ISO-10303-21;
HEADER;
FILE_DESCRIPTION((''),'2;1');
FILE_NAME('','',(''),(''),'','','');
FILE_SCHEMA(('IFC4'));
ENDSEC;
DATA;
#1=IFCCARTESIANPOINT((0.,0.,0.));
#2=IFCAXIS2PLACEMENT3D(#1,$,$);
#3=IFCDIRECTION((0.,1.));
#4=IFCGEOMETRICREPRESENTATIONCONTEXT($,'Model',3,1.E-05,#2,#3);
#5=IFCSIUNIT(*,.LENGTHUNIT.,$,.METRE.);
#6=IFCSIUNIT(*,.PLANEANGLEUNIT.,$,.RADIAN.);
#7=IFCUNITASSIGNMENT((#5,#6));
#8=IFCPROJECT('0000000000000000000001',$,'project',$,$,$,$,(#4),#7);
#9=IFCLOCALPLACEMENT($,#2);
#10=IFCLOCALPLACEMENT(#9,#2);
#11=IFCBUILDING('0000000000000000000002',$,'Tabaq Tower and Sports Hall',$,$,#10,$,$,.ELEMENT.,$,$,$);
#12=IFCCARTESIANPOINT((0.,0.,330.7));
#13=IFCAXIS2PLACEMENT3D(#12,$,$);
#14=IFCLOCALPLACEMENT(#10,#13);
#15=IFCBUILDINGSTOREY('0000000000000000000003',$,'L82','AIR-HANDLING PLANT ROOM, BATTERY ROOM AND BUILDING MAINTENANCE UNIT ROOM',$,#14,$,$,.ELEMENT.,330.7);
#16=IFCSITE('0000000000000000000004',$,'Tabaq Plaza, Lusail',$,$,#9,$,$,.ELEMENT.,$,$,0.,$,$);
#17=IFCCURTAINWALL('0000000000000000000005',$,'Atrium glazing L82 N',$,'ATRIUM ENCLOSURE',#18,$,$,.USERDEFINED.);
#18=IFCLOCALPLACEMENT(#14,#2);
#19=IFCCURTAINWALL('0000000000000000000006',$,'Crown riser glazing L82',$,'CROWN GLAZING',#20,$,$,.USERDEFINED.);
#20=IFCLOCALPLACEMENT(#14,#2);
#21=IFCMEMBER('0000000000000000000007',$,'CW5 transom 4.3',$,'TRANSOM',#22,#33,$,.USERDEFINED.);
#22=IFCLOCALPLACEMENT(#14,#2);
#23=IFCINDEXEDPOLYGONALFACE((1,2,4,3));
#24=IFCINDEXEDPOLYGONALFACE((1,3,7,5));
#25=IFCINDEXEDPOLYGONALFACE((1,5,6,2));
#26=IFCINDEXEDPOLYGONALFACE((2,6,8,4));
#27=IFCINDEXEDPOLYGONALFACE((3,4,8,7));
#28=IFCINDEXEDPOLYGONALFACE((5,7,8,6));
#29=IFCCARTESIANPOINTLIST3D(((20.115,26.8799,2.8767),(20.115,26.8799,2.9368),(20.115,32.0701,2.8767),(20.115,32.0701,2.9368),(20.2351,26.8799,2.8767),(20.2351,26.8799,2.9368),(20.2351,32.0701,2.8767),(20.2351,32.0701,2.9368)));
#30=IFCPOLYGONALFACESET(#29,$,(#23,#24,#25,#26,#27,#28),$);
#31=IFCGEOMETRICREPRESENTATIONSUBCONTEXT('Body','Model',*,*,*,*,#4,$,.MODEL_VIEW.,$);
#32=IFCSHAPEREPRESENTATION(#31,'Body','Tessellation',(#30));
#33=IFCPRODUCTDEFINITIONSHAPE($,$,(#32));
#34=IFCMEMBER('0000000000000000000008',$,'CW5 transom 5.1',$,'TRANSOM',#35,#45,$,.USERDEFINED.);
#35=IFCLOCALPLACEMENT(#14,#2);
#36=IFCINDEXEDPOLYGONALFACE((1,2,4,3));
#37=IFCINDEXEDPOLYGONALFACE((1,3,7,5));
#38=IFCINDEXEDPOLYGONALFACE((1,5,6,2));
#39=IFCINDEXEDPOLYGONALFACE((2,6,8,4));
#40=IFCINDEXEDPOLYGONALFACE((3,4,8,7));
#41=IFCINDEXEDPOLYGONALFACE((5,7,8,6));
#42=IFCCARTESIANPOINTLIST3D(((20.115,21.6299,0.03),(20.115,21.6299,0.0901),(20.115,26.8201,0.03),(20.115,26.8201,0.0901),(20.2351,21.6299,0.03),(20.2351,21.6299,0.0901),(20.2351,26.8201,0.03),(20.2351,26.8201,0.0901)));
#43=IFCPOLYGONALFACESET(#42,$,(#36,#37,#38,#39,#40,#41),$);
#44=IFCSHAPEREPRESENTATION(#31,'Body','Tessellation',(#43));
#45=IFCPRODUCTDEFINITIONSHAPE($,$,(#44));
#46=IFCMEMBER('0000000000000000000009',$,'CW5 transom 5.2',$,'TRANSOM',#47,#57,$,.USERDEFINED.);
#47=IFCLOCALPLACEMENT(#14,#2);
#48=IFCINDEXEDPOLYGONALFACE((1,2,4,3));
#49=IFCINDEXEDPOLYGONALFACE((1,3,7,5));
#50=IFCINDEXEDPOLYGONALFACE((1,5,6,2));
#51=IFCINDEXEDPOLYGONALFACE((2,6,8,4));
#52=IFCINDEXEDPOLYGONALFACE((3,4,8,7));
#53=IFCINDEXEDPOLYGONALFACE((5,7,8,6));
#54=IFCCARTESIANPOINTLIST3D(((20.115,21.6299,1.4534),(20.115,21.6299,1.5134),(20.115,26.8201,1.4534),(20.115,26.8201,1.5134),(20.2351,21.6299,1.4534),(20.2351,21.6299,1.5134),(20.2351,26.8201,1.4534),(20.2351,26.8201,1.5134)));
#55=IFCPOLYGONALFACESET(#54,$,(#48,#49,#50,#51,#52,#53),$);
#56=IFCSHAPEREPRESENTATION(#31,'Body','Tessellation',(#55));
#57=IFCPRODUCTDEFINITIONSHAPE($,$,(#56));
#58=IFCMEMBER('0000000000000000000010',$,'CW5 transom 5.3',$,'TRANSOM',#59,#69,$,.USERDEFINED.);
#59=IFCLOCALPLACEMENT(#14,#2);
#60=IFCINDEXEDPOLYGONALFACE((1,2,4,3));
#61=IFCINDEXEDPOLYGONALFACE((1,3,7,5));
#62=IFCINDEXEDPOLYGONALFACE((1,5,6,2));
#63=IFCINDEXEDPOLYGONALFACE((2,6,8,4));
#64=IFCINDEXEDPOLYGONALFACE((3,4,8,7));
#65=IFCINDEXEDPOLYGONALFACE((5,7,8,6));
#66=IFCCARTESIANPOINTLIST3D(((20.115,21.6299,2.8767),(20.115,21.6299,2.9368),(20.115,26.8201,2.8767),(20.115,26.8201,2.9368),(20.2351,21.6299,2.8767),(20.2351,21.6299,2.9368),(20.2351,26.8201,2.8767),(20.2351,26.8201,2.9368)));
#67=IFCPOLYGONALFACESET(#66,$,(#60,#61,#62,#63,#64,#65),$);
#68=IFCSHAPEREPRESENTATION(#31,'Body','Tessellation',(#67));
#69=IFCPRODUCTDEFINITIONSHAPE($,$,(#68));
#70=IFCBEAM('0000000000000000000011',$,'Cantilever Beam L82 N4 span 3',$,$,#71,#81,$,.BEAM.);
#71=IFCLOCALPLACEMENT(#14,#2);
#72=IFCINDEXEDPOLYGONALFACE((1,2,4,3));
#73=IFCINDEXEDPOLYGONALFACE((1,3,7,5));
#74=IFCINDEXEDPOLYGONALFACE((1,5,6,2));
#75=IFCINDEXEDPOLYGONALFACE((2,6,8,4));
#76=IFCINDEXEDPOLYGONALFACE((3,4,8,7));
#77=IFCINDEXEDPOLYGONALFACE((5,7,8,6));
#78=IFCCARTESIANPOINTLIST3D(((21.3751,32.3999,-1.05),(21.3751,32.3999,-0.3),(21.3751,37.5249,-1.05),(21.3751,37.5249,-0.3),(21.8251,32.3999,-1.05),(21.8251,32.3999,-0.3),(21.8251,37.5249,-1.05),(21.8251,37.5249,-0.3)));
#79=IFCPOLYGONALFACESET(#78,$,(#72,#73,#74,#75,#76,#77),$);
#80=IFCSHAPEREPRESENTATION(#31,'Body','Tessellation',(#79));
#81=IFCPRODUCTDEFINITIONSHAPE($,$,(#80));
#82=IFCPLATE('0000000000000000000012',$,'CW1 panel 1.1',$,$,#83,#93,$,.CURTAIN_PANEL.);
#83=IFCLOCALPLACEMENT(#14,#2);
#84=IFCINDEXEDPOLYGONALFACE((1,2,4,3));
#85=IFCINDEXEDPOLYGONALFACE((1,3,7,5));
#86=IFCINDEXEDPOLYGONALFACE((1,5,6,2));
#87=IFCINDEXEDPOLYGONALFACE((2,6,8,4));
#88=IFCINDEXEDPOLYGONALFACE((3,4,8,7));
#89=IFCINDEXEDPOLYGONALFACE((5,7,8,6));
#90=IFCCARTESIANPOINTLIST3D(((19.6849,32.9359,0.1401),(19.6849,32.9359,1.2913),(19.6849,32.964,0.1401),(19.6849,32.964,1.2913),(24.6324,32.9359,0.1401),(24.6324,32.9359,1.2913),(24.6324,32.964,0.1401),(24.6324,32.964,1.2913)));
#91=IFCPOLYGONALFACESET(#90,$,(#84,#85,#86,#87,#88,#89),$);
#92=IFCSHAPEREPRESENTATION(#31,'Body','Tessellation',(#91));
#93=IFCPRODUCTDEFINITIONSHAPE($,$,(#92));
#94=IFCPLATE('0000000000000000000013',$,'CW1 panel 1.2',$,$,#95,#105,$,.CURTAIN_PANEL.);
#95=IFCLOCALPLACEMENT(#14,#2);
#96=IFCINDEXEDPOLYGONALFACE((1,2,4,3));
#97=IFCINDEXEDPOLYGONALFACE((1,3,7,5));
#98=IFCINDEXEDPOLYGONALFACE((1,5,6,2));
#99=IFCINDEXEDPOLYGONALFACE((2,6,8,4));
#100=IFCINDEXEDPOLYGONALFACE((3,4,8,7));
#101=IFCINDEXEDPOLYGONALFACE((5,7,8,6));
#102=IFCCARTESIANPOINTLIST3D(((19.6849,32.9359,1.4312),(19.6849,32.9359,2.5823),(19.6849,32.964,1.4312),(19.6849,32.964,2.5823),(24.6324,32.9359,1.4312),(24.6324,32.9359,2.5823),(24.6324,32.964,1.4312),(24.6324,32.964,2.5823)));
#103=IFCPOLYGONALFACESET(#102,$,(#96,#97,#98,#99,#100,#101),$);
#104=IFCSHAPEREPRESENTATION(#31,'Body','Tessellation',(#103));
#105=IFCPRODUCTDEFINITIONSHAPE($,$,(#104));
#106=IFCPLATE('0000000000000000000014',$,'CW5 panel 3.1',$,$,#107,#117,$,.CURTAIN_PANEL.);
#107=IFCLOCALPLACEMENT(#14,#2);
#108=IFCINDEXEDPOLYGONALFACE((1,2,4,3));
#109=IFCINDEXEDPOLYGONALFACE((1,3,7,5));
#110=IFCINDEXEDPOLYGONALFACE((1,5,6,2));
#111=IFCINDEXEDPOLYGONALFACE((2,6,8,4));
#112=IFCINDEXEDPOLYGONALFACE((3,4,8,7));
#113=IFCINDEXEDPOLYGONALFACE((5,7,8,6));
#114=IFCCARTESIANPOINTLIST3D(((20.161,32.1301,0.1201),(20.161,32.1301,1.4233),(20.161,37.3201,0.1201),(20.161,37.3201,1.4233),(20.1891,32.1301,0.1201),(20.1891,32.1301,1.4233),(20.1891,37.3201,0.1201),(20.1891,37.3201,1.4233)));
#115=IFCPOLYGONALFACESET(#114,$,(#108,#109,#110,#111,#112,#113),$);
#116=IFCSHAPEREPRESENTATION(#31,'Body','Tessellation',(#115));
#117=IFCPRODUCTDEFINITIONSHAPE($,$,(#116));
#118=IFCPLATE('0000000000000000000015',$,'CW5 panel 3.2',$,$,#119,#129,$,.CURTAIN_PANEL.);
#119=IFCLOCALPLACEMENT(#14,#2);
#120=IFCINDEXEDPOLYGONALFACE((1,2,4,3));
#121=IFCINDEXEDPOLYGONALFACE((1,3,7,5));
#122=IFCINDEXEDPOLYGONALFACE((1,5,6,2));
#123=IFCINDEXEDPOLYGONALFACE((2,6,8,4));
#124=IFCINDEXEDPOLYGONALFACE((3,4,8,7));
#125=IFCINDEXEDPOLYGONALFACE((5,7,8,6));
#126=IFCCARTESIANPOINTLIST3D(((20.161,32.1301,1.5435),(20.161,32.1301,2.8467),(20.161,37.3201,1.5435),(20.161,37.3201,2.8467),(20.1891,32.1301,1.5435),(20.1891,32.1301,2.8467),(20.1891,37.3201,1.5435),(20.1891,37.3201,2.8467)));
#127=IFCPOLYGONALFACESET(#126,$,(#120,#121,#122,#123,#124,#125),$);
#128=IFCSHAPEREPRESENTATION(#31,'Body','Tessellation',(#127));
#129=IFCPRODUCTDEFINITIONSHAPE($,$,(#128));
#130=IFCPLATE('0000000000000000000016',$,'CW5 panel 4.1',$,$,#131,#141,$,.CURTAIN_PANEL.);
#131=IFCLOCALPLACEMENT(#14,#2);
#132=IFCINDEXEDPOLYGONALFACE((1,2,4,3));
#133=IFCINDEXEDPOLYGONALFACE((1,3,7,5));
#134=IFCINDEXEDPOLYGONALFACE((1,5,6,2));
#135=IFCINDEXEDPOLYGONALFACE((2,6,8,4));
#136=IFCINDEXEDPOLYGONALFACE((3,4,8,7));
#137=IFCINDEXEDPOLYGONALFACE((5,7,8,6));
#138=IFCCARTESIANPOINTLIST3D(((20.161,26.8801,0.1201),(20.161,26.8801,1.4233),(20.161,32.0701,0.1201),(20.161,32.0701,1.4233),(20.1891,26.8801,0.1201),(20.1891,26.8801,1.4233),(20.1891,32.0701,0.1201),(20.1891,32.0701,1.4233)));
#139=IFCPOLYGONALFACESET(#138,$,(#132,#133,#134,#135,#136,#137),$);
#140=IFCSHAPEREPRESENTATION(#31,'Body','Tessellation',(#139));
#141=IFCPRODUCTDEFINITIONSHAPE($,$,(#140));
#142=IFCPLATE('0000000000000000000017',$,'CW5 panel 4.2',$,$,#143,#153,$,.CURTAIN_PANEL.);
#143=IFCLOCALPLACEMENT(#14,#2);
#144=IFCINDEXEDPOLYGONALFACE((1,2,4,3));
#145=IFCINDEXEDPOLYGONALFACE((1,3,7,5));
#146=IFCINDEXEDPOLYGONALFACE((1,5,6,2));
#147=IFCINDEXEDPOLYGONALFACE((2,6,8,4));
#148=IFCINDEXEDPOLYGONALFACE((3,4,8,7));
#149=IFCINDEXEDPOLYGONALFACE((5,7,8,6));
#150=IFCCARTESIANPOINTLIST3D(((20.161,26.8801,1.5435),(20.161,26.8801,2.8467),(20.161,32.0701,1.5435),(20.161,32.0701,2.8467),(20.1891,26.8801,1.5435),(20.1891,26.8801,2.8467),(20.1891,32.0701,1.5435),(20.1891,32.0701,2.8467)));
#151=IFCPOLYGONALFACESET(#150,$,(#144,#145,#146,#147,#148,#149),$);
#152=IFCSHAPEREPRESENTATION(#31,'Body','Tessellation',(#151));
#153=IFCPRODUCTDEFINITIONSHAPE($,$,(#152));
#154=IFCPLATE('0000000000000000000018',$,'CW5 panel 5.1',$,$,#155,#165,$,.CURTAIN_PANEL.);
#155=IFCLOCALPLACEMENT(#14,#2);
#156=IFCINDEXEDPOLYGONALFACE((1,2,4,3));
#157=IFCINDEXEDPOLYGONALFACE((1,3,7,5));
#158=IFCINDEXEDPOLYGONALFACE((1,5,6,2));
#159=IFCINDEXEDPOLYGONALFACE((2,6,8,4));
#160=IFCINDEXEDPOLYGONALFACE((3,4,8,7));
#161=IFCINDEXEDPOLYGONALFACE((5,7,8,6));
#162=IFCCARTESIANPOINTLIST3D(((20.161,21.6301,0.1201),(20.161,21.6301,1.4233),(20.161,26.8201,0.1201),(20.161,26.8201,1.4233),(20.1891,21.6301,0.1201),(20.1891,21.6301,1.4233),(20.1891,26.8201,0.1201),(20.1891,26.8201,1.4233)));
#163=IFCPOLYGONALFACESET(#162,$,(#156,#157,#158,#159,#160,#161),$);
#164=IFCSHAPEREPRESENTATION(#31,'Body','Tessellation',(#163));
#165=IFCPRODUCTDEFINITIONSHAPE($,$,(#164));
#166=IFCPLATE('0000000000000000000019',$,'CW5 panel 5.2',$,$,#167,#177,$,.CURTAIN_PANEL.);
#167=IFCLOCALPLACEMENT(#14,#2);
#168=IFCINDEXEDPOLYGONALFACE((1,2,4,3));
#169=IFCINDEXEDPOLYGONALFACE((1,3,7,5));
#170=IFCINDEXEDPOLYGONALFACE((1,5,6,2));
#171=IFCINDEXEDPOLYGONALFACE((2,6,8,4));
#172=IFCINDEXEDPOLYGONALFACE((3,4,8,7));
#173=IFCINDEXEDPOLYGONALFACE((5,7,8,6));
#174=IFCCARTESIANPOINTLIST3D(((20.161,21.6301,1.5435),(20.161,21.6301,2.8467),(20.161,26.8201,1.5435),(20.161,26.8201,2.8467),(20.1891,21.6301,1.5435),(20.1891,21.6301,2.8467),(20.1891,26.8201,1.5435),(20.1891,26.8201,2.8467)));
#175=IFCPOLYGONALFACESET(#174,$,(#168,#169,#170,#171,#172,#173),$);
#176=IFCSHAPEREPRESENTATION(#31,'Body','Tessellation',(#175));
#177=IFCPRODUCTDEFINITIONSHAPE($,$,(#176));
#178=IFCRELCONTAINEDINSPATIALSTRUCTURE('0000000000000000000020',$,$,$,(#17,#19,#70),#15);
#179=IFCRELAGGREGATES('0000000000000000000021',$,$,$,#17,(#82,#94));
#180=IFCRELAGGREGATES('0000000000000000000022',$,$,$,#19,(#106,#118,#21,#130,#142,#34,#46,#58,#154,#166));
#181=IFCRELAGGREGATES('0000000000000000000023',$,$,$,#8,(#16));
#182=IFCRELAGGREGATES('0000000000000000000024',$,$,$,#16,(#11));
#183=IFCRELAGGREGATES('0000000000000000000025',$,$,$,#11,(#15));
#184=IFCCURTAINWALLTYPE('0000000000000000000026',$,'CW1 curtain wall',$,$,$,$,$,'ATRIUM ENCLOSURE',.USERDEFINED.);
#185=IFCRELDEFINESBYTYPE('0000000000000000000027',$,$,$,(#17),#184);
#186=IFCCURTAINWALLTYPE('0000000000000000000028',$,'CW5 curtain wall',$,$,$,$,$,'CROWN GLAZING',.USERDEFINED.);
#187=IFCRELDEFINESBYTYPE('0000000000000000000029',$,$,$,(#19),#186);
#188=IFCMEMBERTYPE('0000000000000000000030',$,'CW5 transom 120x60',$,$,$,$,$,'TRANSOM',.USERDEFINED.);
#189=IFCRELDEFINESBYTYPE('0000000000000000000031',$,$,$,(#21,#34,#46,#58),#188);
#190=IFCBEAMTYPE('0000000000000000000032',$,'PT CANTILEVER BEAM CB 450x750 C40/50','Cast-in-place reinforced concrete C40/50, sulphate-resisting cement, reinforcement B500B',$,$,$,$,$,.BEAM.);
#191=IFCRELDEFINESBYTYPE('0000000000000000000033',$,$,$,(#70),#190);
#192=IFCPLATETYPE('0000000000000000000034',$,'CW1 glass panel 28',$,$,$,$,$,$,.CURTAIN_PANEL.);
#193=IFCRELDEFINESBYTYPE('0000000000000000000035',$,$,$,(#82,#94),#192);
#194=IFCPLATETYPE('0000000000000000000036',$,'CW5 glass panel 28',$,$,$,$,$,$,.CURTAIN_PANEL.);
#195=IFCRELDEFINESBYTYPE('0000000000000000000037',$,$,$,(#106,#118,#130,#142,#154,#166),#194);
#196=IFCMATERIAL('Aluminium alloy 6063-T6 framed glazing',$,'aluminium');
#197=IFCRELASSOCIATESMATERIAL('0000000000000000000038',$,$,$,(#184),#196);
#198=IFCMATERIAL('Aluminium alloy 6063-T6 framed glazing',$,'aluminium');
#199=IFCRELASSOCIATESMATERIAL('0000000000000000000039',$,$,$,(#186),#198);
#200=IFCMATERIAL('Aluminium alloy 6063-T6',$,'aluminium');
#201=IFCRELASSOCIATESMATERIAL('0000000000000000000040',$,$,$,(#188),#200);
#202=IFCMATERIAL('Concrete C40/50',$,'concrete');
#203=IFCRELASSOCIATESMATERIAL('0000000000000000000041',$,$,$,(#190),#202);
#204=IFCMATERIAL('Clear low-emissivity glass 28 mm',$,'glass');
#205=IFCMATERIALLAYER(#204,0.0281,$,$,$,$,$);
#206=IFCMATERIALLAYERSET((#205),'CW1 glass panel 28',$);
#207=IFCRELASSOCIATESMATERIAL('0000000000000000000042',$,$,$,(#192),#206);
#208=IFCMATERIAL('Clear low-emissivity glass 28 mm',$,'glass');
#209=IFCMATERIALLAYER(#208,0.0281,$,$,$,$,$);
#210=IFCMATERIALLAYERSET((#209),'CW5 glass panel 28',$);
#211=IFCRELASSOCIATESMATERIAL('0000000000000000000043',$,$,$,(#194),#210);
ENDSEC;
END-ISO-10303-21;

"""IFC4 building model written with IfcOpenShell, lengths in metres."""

from ifc_helpers import new_model, si_unit, direction, frame, origin, origin_2d, place, context, subcontext, project, spatial, rectangle, extrude, material, layer, layer_set, material_profile, profile_set, type_object, element, aggregate, save


model = new_model("IFC4")

# Units and contexts
model_context = context("Model", 3, precision=1e-05, world=origin(), true_north=direction((0.0, 1.0)))
body_context = subcontext(model_context, "Body", "Model", "MODEL_VIEW")
ifc_project = project(units=[si_unit("LENGTHUNIT", "METRE"), si_unit("PLANEANGLEUNIT", "RADIAN")], contexts=[model_context])

# Site, building, storey
site_placement = place(None, origin())
site = spatial("IfcSite", under=ifc_project, at=site_placement, Name="Tabaq Plaza, Lusail", CompositionType="ELEMENT", RefElevation=0.0)
building_placement = place(site_placement, origin())
building = spatial("IfcBuilding", under=site, at=building_placement, Name="Tabaq Tower and Sports Hall", CompositionType="ELEMENT")
storey_placement = place(building_placement, frame((0.0, 0.0, 330.7)))
storey = spatial("IfcBuildingStorey", under=building, at=storey_placement, Name="L82", Description="AIR-HANDLING PLANT ROOM, BATTERY ROOM AND BUILDING MAINTENANCE UNIT ROOM", CompositionType="ELEMENT", Elevation=330.7)

# Curtain walls, members
ifc_material_1 = material(Name="Aluminium alloy 6063-T6 framed glazing", Category="aluminium")
curtain_wall_type_1 = type_object("IfcCurtainWallType", Name="CW1 curtain wall", ElementType="ATRIUM ENCLOSURE", PredefinedType="USERDEFINED", material=ifc_material_1)
curtain_wall_1_placement = place(storey_placement, origin())
curtain_wall_1 = element("IfcCurtainWall", 1, at=curtain_wall_1_placement, inside=storey, type_object=curtain_wall_type_1, Name="Atrium glazing L82 N", ObjectType="ATRIUM ENCLOSURE", PredefinedType="USERDEFINED")
ifc_material_2 = material(Name="Aluminium alloy 6063-T6 framed glazing", Category="aluminium")
curtain_wall_type_2 = type_object("IfcCurtainWallType", Name="CW5 curtain wall", ElementType="CROWN GLAZING", PredefinedType="USERDEFINED", material=ifc_material_2)
curtain_wall_2_placement = place(storey_placement, origin())
curtain_wall_2 = element("IfcCurtainWall", 2, at=curtain_wall_2_placement, inside=storey, type_object=curtain_wall_type_2, Name="Crown riser glazing L82", ObjectType="CROWN GLAZING", PredefinedType="USERDEFINED")
ifc_material_3 = material(Name="Aluminium alloy 6063-T6", Category="aluminium")
ifc_material_profile_1 = material_profile(ifc_material_3, rectangle(XDim=0.1201, YDim=0.0601, at=origin_2d()), Name="TRANSOM 120x60")
ifc_profile_set_1 = profile_set([ifc_material_profile_1], Name="Aluminium alloy 6063-T6")
member_type_1 = type_object("IfcMemberType", Name="CW5 transom 120x60", ElementType="TRANSOM", PredefinedType="USERDEFINED", material=ifc_profile_set_1)
member_1_placement = place(storey_placement, frame((20.175, 32.0701, 2.9067), z_axis=(0.0, -1.0, 0.0), x_axis=(1.0, 0.0, 0.0)))
member_1 = element("IfcMember", 3, at=member_1_placement, type_object=member_type_1, Name="CW5 transom 4.3", ObjectType="TRANSOM", PredefinedType="USERDEFINED", context=body_context, shape_type="SweptSolid", body=[
    extrude(rectangle(XDim=0.1201, YDim=0.0601, at=origin_2d()), origin(), (0.0, 0.0, 1.0), 5.1902),
])
member_2_placement = place(storey_placement, frame((20.175, 26.8201, 0.0601), z_axis=(0.0, -1.0, 0.0), x_axis=(1.0, 0.0, 0.0)))
member_2 = element("IfcMember", 4, at=member_2_placement, type_object=member_type_1, Name="CW5 transom 5.1", ObjectType="TRANSOM", PredefinedType="USERDEFINED", context=body_context, shape_type="SweptSolid", body=[
    extrude(rectangle(XDim=0.1201, YDim=0.0601, at=origin_2d()), origin(), (0.0, 0.0, 1.0), 5.1902),
])
member_3_placement = place(storey_placement, frame((20.175, 26.8201, 1.4834), z_axis=(0.0, -1.0, 0.0), x_axis=(1.0, 0.0, 0.0)))
member_3 = element("IfcMember", 5, at=member_3_placement, type_object=member_type_1, Name="CW5 transom 5.2", ObjectType="TRANSOM", PredefinedType="USERDEFINED", context=body_context, shape_type="SweptSolid", body=[
    extrude(rectangle(XDim=0.1201, YDim=0.0601, at=origin_2d()), origin(), (0.0, 0.0, 1.0), 5.1902),
])
member_4_placement = place(storey_placement, frame((20.175, 26.8201, 2.9067), z_axis=(0.0, -1.0, 0.0), x_axis=(1.0, 0.0, 0.0)))
member_4 = element("IfcMember", 6, at=member_4_placement, type_object=member_type_1, Name="CW5 transom 5.3", ObjectType="TRANSOM", PredefinedType="USERDEFINED", context=body_context, shape_type="SweptSolid", body=[
    extrude(rectangle(XDim=0.1201, YDim=0.0601, at=origin_2d()), origin(), (0.0, 0.0, 1.0), 5.1902),
])

# Beam
ifc_material_4 = material(Name="Concrete C40/50", Category="concrete")
ifc_material_profile_2 = material_profile(ifc_material_4, rectangle(XDim=0.45, YDim=0.75, at=origin_2d()), Name="CB 450x750")
ifc_profile_set_2 = profile_set([ifc_material_profile_2], Name="Concrete C40/50")
beam_type = type_object("IfcBeamType", Name="PT CANTILEVER BEAM CB 450x750 C40/50", Description="Cast-in-place reinforced concrete C40/50, sulphate-resisting cement, reinforcement B500B", PredefinedType="BEAM", material=ifc_profile_set_2)
beam_placement = place(storey_placement, frame((21.6001, 37.5249, -0.675), z_axis=(0.0, -1.0, 0.0), x_axis=(1.0, 0.0, 0.0)))
element("IfcBeam", 7, at=beam_placement, inside=storey, type_object=beam_type, Name="Cantilever Beam L82 N4 span 3", PredefinedType="BEAM", context=body_context, shape_type="SweptSolid", body=[
    extrude(rectangle(XDim=0.45, YDim=0.75, at=origin_2d()), origin(), (0.0, 0.0, 1.0), 5.125),
])

# Plates
ifc_material_5 = material(Name="Clear low-emissivity glass 28 mm", Category="glass")
ifc_layer_1 = layer(ifc_material_5, 0.0281)
ifc_layer_set_1 = layer_set([ifc_layer_1], Name="CW1 glass panel 28")
plate_type_1 = type_object("IfcPlateType", Name="CW1 glass panel 28", PredefinedType="CURTAIN_PANEL", material=ifc_layer_set_1)
plate_1_placement = place(storey_placement, frame((22.1587, 32.95, 0.1401), z_axis=(0.0, 0.0, 1.0), x_axis=(1.0, 0.0, 0.0)))
plate_1 = element("IfcPlate", 8, at=plate_1_placement, type_object=plate_type_1, Name="CW1 panel 1.1", PredefinedType="CURTAIN_PANEL", context=body_context, shape_type="SweptSolid", body=[
    extrude(rectangle(XDim=4.9475, YDim=0.0281, at=origin_2d()), origin(), (0.0, 0.0, 1.0), 1.1511),
])
plate_2_placement = place(storey_placement, frame((22.1587, 32.95, 1.4312), z_axis=(0.0, 0.0, 1.0), x_axis=(1.0, 0.0, 0.0)))
plate_2 = element("IfcPlate", 9, at=plate_2_placement, type_object=plate_type_1, Name="CW1 panel 1.2", PredefinedType="CURTAIN_PANEL", context=body_context, shape_type="SweptSolid", body=[
    extrude(rectangle(XDim=4.9475, YDim=0.0281, at=origin_2d()), origin(), (0.0, 0.0, 1.0), 1.1511),
])
aggregate(curtain_wall_1, [plate_1, plate_2])
ifc_material_6 = material(Name="Clear low-emissivity glass 28 mm", Category="glass")
ifc_layer_2 = layer(ifc_material_6, 0.0281)
ifc_layer_set_2 = layer_set([ifc_layer_2], Name="CW5 glass panel 28")
plate_type_2 = type_object("IfcPlateType", Name="CW5 glass panel 28", PredefinedType="CURTAIN_PANEL", material=ifc_layer_set_2)
plate_3_placement = place(storey_placement, frame((20.175, 34.7251, 0.1201), z_axis=(0.0, 0.0, 1.0), x_axis=(0.0, -1.0, 0.0)))
plate_3 = element("IfcPlate", 10, at=plate_3_placement, type_object=plate_type_2, Name="CW5 panel 3.1", PredefinedType="CURTAIN_PANEL", context=body_context, shape_type="SweptSolid", body=[
    extrude(rectangle(XDim=5.1899, YDim=0.0281, at=origin_2d()), origin(), (0.0, 0.0, 1.0), 1.3032),
])
plate_4_placement = place(storey_placement, frame((20.175, 34.7251, 1.5435), z_axis=(0.0, 0.0, 1.0), x_axis=(0.0, -1.0, 0.0)))
plate_4 = element("IfcPlate", 11, at=plate_4_placement, type_object=plate_type_2, Name="CW5 panel 3.2", PredefinedType="CURTAIN_PANEL", context=body_context, shape_type="SweptSolid", body=[
    extrude(rectangle(XDim=5.1899, YDim=0.0281, at=origin_2d()), origin(), (0.0, 0.0, 1.0), 1.3032),
])
plate_5_placement = place(storey_placement, frame((20.175, 29.4751, 0.1201), z_axis=(0.0, 0.0, 1.0), x_axis=(0.0, -1.0, 0.0)))
plate_5 = element("IfcPlate", 12, at=plate_5_placement, type_object=plate_type_2, Name="CW5 panel 4.1", PredefinedType="CURTAIN_PANEL", context=body_context, shape_type="SweptSolid", body=[
    extrude(rectangle(XDim=5.1899, YDim=0.0281, at=origin_2d()), origin(), (0.0, 0.0, 1.0), 1.3032),
])
plate_6_placement = place(storey_placement, frame((20.175, 29.4751, 1.5435), z_axis=(0.0, 0.0, 1.0), x_axis=(0.0, -1.0, 0.0)))
plate_6 = element("IfcPlate", 13, at=plate_6_placement, type_object=plate_type_2, Name="CW5 panel 4.2", PredefinedType="CURTAIN_PANEL", context=body_context, shape_type="SweptSolid", body=[
    extrude(rectangle(XDim=5.1899, YDim=0.0281, at=origin_2d()), origin(), (0.0, 0.0, 1.0), 1.3032),
])
plate_7_placement = place(storey_placement, frame((20.175, 24.2251, 0.1201), z_axis=(0.0, 0.0, 1.0), x_axis=(0.0, -1.0, 0.0)))
plate_7 = element("IfcPlate", 14, at=plate_7_placement, type_object=plate_type_2, Name="CW5 panel 5.1", PredefinedType="CURTAIN_PANEL", context=body_context, shape_type="SweptSolid", body=[
    extrude(rectangle(XDim=5.1899, YDim=0.0281, at=origin_2d()), origin(), (0.0, 0.0, 1.0), 1.3032),
])
plate_8_placement = place(storey_placement, frame((20.175, 24.2251, 1.5435), z_axis=(0.0, 0.0, 1.0), x_axis=(0.0, -1.0, 0.0)))
plate_8 = element("IfcPlate", 15, at=plate_8_placement, type_object=plate_type_2, Name="CW5 panel 5.2", PredefinedType="CURTAIN_PANEL", context=body_context, shape_type="SweptSolid", body=[
    extrude(rectangle(XDim=5.1899, YDim=0.0281, at=origin_2d()), origin(), (0.0, 0.0, 1.0), 1.3032),
])
aggregate(curtain_wall_2, [plate_3, plate_4, member_1, plate_5, plate_6, member_2, member_3, member_4, plate_7, plate_8])

save(model, "model.ifc")
